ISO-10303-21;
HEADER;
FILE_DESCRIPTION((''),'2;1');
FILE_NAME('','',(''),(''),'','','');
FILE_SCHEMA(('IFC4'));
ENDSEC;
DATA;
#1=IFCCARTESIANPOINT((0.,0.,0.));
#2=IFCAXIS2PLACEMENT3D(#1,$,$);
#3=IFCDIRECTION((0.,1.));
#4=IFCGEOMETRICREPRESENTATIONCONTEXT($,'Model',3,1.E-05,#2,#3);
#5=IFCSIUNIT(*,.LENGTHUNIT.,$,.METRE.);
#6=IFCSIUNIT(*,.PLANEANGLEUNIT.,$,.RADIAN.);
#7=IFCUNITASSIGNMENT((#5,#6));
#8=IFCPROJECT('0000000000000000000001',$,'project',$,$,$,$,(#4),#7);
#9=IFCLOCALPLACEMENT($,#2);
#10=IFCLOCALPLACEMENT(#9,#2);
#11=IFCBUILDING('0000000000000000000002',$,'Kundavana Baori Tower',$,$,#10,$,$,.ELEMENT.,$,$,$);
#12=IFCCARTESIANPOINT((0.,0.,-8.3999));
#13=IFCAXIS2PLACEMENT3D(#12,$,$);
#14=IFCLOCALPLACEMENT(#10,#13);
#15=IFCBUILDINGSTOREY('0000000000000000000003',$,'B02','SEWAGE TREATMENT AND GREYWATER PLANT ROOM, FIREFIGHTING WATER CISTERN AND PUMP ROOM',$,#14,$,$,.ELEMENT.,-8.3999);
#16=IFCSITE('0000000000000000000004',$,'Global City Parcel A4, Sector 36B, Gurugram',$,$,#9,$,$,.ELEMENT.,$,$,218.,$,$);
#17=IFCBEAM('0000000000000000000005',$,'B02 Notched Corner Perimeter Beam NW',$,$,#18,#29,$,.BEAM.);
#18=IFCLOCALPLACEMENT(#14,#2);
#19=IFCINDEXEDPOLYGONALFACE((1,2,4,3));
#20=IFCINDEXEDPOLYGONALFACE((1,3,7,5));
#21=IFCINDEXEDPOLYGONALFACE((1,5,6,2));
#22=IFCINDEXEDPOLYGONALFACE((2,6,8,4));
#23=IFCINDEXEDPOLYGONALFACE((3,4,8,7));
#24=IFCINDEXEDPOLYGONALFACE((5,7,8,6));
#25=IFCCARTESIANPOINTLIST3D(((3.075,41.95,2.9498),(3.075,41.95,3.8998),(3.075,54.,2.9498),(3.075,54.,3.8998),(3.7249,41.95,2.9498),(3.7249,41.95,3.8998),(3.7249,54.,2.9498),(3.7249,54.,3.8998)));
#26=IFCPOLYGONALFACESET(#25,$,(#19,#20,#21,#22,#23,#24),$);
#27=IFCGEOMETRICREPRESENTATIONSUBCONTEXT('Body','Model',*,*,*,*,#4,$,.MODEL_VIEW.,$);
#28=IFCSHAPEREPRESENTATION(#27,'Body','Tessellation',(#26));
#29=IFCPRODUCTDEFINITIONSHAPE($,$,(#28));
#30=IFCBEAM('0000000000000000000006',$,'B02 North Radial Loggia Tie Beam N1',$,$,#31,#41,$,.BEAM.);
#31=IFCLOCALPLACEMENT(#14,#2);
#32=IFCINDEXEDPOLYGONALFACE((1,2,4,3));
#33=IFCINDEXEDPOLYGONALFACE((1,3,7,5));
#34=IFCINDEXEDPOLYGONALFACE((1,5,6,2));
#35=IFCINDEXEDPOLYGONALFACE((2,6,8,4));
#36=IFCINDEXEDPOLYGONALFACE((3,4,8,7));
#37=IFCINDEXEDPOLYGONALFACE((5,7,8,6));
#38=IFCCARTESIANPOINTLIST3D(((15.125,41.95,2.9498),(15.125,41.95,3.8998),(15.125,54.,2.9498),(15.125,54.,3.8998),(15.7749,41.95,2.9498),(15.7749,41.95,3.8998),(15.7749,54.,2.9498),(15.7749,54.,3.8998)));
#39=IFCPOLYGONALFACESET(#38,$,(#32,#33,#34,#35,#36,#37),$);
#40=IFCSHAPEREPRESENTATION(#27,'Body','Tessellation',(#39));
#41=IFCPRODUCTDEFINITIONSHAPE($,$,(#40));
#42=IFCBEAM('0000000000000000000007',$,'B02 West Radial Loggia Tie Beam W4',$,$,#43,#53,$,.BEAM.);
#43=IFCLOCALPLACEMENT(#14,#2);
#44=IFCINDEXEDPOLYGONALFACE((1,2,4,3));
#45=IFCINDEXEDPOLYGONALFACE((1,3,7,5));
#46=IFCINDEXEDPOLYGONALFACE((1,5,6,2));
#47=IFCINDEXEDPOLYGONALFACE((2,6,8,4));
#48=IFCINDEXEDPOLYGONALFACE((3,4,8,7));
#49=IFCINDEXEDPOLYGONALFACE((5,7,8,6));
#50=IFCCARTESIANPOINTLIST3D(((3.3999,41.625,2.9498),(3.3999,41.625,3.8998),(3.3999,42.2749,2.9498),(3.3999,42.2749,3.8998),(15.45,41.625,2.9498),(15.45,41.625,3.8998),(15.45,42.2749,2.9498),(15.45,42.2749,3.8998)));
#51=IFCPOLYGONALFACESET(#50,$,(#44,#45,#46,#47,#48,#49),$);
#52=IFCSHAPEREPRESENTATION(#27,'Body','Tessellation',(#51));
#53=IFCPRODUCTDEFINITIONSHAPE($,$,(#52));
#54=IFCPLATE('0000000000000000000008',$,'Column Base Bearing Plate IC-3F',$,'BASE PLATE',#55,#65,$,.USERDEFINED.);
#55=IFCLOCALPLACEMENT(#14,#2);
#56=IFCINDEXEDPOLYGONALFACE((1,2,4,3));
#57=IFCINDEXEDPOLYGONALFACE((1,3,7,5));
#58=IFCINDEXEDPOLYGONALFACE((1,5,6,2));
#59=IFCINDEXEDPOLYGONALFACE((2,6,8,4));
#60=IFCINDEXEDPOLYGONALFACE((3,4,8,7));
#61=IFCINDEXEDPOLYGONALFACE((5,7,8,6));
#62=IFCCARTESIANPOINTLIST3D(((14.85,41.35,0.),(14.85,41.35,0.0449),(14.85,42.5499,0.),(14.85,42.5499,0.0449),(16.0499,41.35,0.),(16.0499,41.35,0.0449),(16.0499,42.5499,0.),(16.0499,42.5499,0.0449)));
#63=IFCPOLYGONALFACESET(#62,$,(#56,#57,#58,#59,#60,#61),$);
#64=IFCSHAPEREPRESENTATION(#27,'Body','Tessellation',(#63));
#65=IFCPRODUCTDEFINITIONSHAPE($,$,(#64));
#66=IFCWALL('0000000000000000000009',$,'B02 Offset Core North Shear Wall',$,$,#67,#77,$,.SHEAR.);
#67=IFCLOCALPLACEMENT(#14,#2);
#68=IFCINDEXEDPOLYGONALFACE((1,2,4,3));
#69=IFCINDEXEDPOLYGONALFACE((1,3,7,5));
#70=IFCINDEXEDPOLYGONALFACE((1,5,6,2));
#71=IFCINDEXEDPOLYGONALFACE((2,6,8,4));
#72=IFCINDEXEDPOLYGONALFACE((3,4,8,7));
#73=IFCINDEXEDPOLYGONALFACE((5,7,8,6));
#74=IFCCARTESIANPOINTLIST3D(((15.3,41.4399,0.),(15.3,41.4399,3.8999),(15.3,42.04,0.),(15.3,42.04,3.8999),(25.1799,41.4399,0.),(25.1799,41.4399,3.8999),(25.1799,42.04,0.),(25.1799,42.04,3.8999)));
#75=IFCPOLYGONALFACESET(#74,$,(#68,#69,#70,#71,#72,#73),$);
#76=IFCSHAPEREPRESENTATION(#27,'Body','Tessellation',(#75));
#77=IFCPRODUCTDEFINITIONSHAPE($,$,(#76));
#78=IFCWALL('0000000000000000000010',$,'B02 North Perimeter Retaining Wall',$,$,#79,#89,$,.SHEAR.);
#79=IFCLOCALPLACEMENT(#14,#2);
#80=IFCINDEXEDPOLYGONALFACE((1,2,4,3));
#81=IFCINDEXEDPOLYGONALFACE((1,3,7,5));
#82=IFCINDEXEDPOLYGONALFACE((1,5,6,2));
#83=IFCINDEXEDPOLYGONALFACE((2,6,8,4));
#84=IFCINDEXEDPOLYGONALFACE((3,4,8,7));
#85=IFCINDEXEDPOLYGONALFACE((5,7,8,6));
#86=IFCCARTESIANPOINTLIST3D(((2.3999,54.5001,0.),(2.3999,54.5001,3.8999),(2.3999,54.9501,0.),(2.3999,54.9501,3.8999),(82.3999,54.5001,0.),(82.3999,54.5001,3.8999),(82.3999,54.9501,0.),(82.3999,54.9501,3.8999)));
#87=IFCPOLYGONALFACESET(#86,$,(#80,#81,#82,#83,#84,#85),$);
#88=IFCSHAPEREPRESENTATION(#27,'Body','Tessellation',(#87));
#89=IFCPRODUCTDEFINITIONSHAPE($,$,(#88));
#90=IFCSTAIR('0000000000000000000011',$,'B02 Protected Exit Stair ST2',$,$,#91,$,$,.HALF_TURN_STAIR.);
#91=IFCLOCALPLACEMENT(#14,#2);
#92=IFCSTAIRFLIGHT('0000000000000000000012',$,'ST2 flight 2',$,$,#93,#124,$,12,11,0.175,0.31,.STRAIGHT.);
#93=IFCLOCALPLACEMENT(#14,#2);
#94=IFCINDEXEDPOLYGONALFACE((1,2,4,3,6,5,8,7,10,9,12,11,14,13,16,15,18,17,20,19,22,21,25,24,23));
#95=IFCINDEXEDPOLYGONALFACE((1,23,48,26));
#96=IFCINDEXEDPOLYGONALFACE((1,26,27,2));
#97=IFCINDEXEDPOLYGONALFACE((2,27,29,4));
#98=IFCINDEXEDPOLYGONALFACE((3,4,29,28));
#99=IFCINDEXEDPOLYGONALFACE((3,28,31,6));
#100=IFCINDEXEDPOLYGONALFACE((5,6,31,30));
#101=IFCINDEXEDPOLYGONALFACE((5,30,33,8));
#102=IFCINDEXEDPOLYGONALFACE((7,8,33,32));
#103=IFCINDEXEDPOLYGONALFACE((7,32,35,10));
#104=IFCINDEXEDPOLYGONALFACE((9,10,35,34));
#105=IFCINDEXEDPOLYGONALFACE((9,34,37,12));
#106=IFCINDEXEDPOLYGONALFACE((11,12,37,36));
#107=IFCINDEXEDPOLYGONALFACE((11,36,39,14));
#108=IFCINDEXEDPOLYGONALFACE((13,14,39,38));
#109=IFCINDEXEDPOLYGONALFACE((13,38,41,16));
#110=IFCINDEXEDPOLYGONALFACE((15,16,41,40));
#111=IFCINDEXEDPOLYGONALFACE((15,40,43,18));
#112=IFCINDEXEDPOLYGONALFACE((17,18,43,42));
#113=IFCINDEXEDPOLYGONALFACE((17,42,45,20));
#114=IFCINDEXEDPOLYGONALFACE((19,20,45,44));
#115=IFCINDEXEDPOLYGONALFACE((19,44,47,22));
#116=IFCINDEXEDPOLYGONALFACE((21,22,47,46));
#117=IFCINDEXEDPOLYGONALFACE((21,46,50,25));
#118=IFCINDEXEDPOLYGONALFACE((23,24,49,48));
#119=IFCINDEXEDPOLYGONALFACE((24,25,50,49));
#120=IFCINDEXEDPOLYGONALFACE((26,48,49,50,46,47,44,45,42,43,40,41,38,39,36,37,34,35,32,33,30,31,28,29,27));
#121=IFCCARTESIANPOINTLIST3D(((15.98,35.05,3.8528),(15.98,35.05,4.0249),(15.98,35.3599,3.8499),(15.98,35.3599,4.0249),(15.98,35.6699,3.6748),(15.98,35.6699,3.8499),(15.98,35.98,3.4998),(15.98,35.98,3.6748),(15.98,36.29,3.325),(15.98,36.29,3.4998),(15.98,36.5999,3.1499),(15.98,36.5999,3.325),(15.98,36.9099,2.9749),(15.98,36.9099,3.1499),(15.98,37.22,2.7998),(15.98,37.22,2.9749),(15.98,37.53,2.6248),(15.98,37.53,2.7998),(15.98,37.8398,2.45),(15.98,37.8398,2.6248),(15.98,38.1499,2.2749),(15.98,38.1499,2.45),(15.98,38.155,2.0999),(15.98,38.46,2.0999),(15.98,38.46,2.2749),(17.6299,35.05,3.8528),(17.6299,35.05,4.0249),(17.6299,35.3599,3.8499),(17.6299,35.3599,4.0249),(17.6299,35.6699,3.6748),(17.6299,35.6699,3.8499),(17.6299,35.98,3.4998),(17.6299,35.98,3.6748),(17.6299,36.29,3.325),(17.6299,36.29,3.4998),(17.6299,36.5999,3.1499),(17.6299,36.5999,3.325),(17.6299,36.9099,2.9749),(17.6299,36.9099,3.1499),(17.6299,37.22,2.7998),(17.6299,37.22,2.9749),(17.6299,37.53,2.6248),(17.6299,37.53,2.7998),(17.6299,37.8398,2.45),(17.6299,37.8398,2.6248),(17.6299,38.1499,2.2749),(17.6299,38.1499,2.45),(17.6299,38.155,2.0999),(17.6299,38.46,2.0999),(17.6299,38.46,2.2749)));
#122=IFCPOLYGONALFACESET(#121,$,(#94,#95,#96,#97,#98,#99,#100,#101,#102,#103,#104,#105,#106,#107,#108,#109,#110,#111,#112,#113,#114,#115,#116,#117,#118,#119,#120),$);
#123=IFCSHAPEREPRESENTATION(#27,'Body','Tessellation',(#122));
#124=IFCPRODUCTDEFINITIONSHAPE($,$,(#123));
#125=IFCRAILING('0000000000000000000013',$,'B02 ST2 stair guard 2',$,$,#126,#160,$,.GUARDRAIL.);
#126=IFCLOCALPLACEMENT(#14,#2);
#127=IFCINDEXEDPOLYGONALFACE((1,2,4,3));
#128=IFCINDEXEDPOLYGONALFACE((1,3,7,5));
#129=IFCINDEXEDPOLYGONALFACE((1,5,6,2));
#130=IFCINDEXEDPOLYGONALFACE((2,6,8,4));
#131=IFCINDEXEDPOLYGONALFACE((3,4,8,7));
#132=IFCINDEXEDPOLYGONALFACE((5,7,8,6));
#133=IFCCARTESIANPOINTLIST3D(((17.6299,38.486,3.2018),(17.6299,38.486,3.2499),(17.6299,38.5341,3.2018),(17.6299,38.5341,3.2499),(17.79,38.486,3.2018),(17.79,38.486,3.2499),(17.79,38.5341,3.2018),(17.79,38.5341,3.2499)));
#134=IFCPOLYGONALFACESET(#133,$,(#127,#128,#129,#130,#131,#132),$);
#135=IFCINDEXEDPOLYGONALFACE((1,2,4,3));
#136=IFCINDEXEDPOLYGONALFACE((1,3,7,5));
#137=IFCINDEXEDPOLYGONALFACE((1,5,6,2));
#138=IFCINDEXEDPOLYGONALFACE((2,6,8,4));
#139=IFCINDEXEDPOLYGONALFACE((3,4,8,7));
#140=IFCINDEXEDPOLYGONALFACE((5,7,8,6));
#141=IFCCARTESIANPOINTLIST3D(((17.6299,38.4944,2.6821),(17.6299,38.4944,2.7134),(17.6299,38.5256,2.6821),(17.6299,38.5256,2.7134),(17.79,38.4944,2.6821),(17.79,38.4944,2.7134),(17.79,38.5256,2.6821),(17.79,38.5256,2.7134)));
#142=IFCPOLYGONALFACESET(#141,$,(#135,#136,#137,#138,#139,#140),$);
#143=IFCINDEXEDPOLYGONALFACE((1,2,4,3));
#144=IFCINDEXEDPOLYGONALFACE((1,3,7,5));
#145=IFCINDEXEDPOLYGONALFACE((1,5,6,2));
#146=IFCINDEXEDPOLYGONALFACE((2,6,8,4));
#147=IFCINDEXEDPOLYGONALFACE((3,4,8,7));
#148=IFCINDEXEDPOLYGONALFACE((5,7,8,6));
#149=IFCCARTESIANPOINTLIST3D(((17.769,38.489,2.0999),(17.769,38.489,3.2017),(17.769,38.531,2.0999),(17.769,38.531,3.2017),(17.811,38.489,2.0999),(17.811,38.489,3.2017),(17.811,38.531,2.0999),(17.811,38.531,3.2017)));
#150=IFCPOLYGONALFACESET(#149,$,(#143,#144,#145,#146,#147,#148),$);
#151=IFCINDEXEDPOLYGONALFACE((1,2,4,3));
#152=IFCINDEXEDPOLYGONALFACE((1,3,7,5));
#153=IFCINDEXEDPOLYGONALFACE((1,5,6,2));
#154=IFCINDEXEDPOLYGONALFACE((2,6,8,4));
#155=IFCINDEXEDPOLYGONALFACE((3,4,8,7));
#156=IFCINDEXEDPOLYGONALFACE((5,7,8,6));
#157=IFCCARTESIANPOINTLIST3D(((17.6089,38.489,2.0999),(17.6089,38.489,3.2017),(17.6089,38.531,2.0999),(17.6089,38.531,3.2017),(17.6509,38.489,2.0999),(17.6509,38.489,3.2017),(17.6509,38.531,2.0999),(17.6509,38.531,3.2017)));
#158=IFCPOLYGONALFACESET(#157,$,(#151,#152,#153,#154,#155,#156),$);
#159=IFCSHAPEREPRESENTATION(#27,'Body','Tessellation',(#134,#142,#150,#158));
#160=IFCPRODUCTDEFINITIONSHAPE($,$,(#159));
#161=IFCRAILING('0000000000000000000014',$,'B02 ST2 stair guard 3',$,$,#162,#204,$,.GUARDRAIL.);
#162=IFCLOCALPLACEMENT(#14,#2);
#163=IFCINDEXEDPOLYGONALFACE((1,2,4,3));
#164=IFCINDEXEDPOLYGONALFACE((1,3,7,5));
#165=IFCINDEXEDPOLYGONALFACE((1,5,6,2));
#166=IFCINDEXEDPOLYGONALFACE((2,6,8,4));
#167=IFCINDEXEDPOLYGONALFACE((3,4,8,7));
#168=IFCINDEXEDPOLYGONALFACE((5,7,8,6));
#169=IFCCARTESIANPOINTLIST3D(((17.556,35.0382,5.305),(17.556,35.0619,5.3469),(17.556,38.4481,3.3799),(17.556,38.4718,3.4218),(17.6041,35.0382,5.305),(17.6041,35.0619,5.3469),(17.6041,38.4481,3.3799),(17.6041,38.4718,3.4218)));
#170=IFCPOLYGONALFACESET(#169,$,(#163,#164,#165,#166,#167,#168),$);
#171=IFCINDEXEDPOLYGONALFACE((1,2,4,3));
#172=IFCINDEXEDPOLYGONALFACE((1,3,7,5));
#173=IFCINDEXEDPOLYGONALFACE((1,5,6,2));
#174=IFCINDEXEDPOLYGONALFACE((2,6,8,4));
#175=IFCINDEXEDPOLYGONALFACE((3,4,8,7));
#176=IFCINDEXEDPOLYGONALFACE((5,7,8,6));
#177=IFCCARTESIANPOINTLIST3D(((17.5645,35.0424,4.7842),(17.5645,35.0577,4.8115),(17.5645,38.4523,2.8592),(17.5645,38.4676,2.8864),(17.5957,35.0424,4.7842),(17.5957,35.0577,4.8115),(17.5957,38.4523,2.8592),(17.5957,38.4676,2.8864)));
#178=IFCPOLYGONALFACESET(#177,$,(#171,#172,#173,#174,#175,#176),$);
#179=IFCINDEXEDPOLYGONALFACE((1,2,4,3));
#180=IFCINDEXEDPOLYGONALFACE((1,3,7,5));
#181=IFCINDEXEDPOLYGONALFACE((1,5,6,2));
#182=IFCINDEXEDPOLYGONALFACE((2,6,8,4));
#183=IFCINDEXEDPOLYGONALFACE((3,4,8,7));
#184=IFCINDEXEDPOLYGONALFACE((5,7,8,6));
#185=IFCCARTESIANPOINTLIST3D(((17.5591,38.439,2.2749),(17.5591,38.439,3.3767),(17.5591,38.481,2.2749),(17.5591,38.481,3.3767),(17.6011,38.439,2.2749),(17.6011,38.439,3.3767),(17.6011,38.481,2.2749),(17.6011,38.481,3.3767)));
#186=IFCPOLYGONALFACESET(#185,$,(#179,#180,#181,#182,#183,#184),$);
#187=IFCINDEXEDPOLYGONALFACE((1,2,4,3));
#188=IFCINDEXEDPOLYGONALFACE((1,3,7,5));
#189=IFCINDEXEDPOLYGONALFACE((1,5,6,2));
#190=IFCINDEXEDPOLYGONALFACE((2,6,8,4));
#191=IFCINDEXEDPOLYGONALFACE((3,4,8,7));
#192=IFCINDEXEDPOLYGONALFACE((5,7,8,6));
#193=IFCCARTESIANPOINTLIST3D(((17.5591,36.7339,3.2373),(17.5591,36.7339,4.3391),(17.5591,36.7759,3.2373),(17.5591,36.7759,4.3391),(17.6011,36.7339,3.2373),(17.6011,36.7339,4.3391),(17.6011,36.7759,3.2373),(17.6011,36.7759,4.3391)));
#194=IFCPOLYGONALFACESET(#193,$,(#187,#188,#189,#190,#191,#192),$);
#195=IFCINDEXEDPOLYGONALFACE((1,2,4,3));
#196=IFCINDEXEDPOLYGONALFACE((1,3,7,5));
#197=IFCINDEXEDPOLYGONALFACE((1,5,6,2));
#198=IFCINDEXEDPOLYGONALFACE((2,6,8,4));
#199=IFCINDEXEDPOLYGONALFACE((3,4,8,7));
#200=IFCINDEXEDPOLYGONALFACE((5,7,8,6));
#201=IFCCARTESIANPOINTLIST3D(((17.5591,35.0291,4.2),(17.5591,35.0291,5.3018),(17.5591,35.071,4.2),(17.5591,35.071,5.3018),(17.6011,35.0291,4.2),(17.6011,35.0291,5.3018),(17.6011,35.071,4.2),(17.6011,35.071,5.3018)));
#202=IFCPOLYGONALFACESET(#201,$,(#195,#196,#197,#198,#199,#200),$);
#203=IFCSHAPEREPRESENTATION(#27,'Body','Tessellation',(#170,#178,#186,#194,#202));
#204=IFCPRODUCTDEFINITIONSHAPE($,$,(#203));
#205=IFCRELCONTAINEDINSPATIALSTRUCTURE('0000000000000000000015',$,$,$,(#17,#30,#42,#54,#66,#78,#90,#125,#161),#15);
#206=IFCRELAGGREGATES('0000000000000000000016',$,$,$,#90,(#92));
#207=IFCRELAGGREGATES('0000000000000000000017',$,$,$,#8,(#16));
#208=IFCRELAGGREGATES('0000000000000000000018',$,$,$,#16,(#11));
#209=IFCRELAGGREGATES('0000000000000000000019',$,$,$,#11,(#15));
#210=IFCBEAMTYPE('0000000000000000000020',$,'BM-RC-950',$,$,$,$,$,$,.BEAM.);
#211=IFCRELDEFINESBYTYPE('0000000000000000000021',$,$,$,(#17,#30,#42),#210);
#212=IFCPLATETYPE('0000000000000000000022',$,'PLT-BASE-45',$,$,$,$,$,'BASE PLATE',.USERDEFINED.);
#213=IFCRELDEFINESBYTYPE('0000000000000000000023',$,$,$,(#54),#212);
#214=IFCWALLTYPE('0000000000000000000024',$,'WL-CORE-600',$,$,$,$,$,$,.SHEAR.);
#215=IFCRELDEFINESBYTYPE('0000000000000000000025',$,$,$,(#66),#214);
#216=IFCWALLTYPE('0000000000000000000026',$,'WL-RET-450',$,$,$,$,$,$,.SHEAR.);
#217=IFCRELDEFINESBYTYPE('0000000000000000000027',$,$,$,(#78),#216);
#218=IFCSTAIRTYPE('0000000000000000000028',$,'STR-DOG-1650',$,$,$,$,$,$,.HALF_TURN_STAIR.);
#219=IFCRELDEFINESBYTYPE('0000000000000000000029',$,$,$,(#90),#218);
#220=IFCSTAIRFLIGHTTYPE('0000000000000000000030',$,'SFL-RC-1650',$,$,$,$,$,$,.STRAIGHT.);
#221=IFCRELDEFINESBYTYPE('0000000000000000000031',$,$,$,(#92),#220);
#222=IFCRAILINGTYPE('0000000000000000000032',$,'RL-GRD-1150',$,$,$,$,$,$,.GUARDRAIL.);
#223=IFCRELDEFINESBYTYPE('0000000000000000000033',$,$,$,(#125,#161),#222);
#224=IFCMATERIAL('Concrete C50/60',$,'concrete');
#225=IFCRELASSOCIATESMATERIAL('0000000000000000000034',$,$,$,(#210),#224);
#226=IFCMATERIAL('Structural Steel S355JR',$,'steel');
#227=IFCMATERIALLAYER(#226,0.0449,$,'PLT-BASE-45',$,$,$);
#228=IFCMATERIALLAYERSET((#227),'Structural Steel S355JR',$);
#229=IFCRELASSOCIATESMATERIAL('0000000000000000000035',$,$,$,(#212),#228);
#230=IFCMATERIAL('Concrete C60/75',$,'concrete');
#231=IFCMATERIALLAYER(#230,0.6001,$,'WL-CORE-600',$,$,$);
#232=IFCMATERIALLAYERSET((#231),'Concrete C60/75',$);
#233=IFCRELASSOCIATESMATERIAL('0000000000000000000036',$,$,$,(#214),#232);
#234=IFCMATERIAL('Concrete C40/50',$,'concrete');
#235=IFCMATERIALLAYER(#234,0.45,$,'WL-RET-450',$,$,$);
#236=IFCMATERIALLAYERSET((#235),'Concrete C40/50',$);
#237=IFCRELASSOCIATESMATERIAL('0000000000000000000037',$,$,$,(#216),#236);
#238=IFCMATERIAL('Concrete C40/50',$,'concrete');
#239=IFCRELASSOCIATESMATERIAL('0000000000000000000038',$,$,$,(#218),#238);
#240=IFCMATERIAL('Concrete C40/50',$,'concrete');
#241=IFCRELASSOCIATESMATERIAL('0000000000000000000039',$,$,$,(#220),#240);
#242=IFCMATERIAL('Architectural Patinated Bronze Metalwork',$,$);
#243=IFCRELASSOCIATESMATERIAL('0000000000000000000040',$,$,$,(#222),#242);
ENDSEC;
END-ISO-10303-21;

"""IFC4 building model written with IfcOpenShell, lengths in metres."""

from ifc_helpers import new_model, si_unit, direction, frame, frame_2d, origin, origin_2d, place, context, subcontext, project, spatial, polyline, rectangle, outline, extrude, material, layer, layer_set, material_profile, profile_set, type_object, element, aggregate, save


model = new_model("IFC4")

# Units and contexts
model_context = context("Model", 3, precision=1e-05, world=origin(), true_north=direction((0.0, 1.0)))
body_context = subcontext(model_context, "Body", "Model", "MODEL_VIEW")
ifc_project = project(units=[si_unit("LENGTHUNIT", "METRE"), si_unit("PLANEANGLEUNIT", "RADIAN")], contexts=[model_context])

# Site, building, storey
site_placement = place(None, origin())
site = spatial("IfcSite", under=ifc_project, at=site_placement, Name="Global City Parcel A4, Sector 36B, Gurugram", CompositionType="ELEMENT", RefElevation=218.0)
building_placement = place(site_placement, origin())
building = spatial("IfcBuilding", under=site, at=building_placement, Name="Kundavana Baori Tower", CompositionType="ELEMENT")
storey_placement = place(building_placement, frame((0.0, 0.0, -8.3999)))
storey = spatial("IfcBuildingStorey", under=building, at=storey_placement, Name="B02", Description="SEWAGE TREATMENT AND GREYWATER PLANT ROOM, FIREFIGHTING WATER CISTERN AND PUMP ROOM", CompositionType="ELEMENT", Elevation=-8.3999)

# Beams
ifc_material_1 = material(Name="Concrete C50/60", Category="concrete")
ifc_material_profile_1 = material_profile(ifc_material_1, rectangle(XDim=0.6499, YDim=0.95, at=origin_2d()), Name="RC BM 650x950")
ifc_profile_set_1 = profile_set([ifc_material_profile_1], Name="Concrete C50/60")
beam_type = type_object("IfcBeamType", Name="BM-RC-950", PredefinedType="BEAM", material=ifc_profile_set_1)
for number, where, z_axis, x_axis, name in (
    (1, (3.3999, 54.0, 3.4248), (0.0, -1.0, 0.0), (1.0, 0.0, 0.0), "B02 Notched Corner Perimeter Beam NW"),
    (2, (15.45, 41.95, 3.4248), (0.0, 1.0, 0.0), (-1.0, 0.0, 0.0), "B02 North Radial Loggia Tie Beam N1"),
    (3, (15.45, 41.95, 3.4248), (-1.0, 0.0, 0.0), (0.0, -1.0, 0.0), "B02 West Radial Loggia Tie Beam W4"),
):
    element("IfcBeam", number, at=place(storey_placement, frame(where, z_axis=z_axis, x_axis=x_axis)), inside=storey, type_object=beam_type, Name=name, PredefinedType="BEAM", context=body_context, shape_type="SweptSolid", body=[
        extrude(rectangle(XDim=0.6499, YDim=0.95, at=origin_2d()), origin(), (0.0, 0.0, 1.0), 12.05),
    ])

# Plate
ifc_material_2 = material(Name="Structural Steel S355JR", Category="steel")
ifc_layer_1 = layer(ifc_material_2, 0.0449, Name="PLT-BASE-45")
ifc_layer_set_1 = layer_set([ifc_layer_1], Name="Structural Steel S355JR")
plate_type = type_object("IfcPlateType", Name="PLT-BASE-45", ElementType="BASE PLATE", PredefinedType="USERDEFINED", material=ifc_layer_set_1)
plate_placement = place(storey_placement, frame((15.45, 41.95, 0.0), z_axis=(0.0, 0.0, 1.0), x_axis=(1.0, 0.0, 0.0)))
element("IfcPlate", 4, at=plate_placement, inside=storey, type_object=plate_type, Name="Column Base Bearing Plate IC-3F", ObjectType="BASE PLATE", PredefinedType="USERDEFINED", context=body_context, shape_type="SweptSolid", body=[
    extrude(rectangle(XDim=1.2, YDim=1.2, at=origin_2d()), origin(), (0.0, 0.0, 1.0), 0.0449),
])

# Walls
ifc_material_3 = material(Name="Concrete C60/75", Category="concrete")
ifc_layer_2 = layer(ifc_material_3, 0.6001, Name="WL-CORE-600")
ifc_layer_set_2 = layer_set([ifc_layer_2], Name="Concrete C60/75")
wall_type_1 = type_object("IfcWallType", Name="WL-CORE-600", PredefinedType="SHEAR", material=ifc_layer_set_2)
wall_1_placement = place(storey_placement, frame((15.3, 41.74, 0.0), z_axis=(0.0, 0.0, 1.0), x_axis=(1.0, 0.0, 0.0)))
element("IfcWall", 5, at=wall_1_placement, inside=storey, type_object=wall_type_1, Name="B02 Offset Core North Shear Wall", PredefinedType="SHEAR", context=body_context, shape_type="SweptSolid", body=[
    extrude(rectangle(XDim=9.8799, YDim=0.6001, at=frame_2d((4.9399, 0.0))), origin(), (0.0, 0.0, 1.0), 3.8999),
])
ifc_material_4 = material(Name="Concrete C40/50", Category="concrete")
ifc_layer_3 = layer(ifc_material_4, 0.45, Name="WL-RET-450")
ifc_layer_set_3 = layer_set([ifc_layer_3], Name="Concrete C40/50")
wall_type_2 = type_object("IfcWallType", Name="WL-RET-450", PredefinedType="SHEAR", material=ifc_layer_set_3)
wall_2_placement = place(storey_placement, frame((2.3999, 54.7251, 0.0), z_axis=(0.0, 0.0, 1.0), x_axis=(1.0, 0.0, 0.0)))
element("IfcWall", 6, at=wall_2_placement, inside=storey, type_object=wall_type_2, Name="B02 North Perimeter Retaining Wall", PredefinedType="SHEAR", context=body_context, shape_type="SweptSolid", body=[
    extrude(rectangle(XDim=80.0, YDim=0.45, at=frame_2d((40.0, 0.0))), origin(), (0.0, 0.0, 1.0), 3.8999),
])

# Stair, stair flight
ifc_material_5 = material(Name="Concrete C40/50", Category="concrete")
stair_type = type_object("IfcStairType", Name="STR-DOG-1650", PredefinedType="HALF_TURN_STAIR", material=ifc_material_5)
stair_placement = place(storey_placement, origin())
stair = element("IfcStair", 7, at=stair_placement, inside=storey, type_object=stair_type, Name="B02 Protected Exit Stair ST2", PredefinedType="HALF_TURN_STAIR")
ifc_material_6 = material(Name="Concrete C40/50", Category="concrete")
stair_flight_type = type_object("IfcStairFlightType", Name="SFL-RC-1650", PredefinedType="STRAIGHT", material=ifc_material_6)
stair_flight_placement = place(storey_placement, frame((16.8049, 38.46, 2.0999), z_axis=(0.0, 0.0, 1.0), x_axis=(0.0, -1.0, 0.0)))
stair_flight = element("IfcStairFlight", 8, at=stair_flight_placement, type_object=stair_flight_type, Name="ST2 flight 2", NumberOfRisers=12, NumberOfTreads=11, PredefinedType="STRAIGHT", RiserHeight=0.175, TreadLength=0.31, context=body_context, shape_type="SweptSolid", body=[
    extrude(outline(polyline([(0.0, 0.0), (0.0, 0.175), (0.3101, 0.175), (0.3101, 0.3501), (0.6201, 0.3501), (0.6201, 0.5249), (0.9299, 0.5249), (0.9299, 0.7), (1.24, 0.7), (1.24, 0.875), (1.55, 0.875), (1.55, 1.05), (1.8601, 1.05), (1.8601, 1.2251), (2.1699, 1.2251), (2.1699, 1.3999), (2.48, 1.3999), (2.48, 1.575), (2.79, 1.575), (2.79, 1.75), (3.1001, 1.75), (3.1001, 1.925), (3.4099, 1.925), (3.4099, 2.1001), (3.4099, 1.7529), (0.3049, 0.0), (0.0, 0.0)])), frame((0.0, 0.825, 0.0), z_axis=(0.0, -1.0, 0.0), x_axis=(1.0, 0.0, 0.0)), (0.0, 0.0, 1.0), 1.6499),
])
aggregate(stair, [stair_flight])

# Railings
ifc_material_7 = material(Name="Architectural Patinated Bronze Metalwork")
railing_type = type_object("IfcRailingType", Name="RL-GRD-1150", PredefinedType="GUARDRAIL", material=ifc_material_7)
railing_1_placement = place(storey_placement, frame((17.79, 38.51, 2.0999)))
element("IfcRailing", 9, at=railing_1_placement, inside=storey, type_object=railing_type, Name="B02 ST2 stair guard 2", PredefinedType="GUARDRAIL", context=body_context, shape_type="SweptSolid", body=[
    extrude(rectangle(XDim=0.0481, YDim=0.0481, at=origin_2d()), frame((0.0, 0.0, 1.126), z_axis=(-1.0, 0.0, 0.0), x_axis=(0.0, -1.0, 0.0)), (0.0, 0.0, 1.0), 0.1602),
    extrude(rectangle(XDim=0.0312, YDim=0.0312, at=origin_2d()), frame((0.0, 0.0, 0.5979), z_axis=(-1.0, 0.0, 0.0), x_axis=(0.0, -1.0, 0.0)), (0.0, 0.0, 1.0), 0.1602),
    extrude(rectangle(XDim=0.042, YDim=0.042, at=origin_2d()), origin(), (0.0, 0.0, 1.0), 1.1018),
    extrude(rectangle(XDim=0.042, YDim=0.042, at=origin_2d()), frame((-0.1602, 0.0, 0.0)), (0.0, 0.0, 1.0), 1.1018),
])
railing_2_placement = place(storey_placement, frame((17.5801, 38.46, 2.2749)))
element("IfcRailing", 10, at=railing_2_placement, inside=storey, type_object=railing_type, Name="B02 ST2 stair guard 3", PredefinedType="GUARDRAIL", context=body_context, shape_type="SweptSolid", body=[
    extrude(rectangle(XDim=0.0481, YDim=0.0481, at=origin_2d()), frame((0.0, 0.0, 1.126), z_axis=(0.0, -0.870814, 0.491613), x_axis=(1.0, 0.0, 0.0)), (0.0, 0.0, 1.0), 3.9158),
    extrude(rectangle(XDim=0.0312, YDim=0.0312, at=origin_2d()), frame((0.0, 0.0, 0.5979), z_axis=(0.0, -0.870814, 0.491613), x_axis=(1.0, 0.0, 0.0)), (0.0, 0.0, 1.0), 3.9158),
    extrude(rectangle(XDim=0.042, YDim=0.042, at=origin_2d()), origin(), (0.0, 0.0, 1.0), 1.1018),
    extrude(rectangle(XDim=0.042, YDim=0.042, at=origin_2d()), frame((0.0, -1.7051, 0.9624)), (0.0, 0.0, 1.0), 1.1018),
    extrude(rectangle(XDim=0.042, YDim=0.042, at=origin_2d()), frame((0.0, -3.4099, 1.925)), (0.0, 0.0, 1.0), 1.1018),
])

save(model, "model.ifc")
